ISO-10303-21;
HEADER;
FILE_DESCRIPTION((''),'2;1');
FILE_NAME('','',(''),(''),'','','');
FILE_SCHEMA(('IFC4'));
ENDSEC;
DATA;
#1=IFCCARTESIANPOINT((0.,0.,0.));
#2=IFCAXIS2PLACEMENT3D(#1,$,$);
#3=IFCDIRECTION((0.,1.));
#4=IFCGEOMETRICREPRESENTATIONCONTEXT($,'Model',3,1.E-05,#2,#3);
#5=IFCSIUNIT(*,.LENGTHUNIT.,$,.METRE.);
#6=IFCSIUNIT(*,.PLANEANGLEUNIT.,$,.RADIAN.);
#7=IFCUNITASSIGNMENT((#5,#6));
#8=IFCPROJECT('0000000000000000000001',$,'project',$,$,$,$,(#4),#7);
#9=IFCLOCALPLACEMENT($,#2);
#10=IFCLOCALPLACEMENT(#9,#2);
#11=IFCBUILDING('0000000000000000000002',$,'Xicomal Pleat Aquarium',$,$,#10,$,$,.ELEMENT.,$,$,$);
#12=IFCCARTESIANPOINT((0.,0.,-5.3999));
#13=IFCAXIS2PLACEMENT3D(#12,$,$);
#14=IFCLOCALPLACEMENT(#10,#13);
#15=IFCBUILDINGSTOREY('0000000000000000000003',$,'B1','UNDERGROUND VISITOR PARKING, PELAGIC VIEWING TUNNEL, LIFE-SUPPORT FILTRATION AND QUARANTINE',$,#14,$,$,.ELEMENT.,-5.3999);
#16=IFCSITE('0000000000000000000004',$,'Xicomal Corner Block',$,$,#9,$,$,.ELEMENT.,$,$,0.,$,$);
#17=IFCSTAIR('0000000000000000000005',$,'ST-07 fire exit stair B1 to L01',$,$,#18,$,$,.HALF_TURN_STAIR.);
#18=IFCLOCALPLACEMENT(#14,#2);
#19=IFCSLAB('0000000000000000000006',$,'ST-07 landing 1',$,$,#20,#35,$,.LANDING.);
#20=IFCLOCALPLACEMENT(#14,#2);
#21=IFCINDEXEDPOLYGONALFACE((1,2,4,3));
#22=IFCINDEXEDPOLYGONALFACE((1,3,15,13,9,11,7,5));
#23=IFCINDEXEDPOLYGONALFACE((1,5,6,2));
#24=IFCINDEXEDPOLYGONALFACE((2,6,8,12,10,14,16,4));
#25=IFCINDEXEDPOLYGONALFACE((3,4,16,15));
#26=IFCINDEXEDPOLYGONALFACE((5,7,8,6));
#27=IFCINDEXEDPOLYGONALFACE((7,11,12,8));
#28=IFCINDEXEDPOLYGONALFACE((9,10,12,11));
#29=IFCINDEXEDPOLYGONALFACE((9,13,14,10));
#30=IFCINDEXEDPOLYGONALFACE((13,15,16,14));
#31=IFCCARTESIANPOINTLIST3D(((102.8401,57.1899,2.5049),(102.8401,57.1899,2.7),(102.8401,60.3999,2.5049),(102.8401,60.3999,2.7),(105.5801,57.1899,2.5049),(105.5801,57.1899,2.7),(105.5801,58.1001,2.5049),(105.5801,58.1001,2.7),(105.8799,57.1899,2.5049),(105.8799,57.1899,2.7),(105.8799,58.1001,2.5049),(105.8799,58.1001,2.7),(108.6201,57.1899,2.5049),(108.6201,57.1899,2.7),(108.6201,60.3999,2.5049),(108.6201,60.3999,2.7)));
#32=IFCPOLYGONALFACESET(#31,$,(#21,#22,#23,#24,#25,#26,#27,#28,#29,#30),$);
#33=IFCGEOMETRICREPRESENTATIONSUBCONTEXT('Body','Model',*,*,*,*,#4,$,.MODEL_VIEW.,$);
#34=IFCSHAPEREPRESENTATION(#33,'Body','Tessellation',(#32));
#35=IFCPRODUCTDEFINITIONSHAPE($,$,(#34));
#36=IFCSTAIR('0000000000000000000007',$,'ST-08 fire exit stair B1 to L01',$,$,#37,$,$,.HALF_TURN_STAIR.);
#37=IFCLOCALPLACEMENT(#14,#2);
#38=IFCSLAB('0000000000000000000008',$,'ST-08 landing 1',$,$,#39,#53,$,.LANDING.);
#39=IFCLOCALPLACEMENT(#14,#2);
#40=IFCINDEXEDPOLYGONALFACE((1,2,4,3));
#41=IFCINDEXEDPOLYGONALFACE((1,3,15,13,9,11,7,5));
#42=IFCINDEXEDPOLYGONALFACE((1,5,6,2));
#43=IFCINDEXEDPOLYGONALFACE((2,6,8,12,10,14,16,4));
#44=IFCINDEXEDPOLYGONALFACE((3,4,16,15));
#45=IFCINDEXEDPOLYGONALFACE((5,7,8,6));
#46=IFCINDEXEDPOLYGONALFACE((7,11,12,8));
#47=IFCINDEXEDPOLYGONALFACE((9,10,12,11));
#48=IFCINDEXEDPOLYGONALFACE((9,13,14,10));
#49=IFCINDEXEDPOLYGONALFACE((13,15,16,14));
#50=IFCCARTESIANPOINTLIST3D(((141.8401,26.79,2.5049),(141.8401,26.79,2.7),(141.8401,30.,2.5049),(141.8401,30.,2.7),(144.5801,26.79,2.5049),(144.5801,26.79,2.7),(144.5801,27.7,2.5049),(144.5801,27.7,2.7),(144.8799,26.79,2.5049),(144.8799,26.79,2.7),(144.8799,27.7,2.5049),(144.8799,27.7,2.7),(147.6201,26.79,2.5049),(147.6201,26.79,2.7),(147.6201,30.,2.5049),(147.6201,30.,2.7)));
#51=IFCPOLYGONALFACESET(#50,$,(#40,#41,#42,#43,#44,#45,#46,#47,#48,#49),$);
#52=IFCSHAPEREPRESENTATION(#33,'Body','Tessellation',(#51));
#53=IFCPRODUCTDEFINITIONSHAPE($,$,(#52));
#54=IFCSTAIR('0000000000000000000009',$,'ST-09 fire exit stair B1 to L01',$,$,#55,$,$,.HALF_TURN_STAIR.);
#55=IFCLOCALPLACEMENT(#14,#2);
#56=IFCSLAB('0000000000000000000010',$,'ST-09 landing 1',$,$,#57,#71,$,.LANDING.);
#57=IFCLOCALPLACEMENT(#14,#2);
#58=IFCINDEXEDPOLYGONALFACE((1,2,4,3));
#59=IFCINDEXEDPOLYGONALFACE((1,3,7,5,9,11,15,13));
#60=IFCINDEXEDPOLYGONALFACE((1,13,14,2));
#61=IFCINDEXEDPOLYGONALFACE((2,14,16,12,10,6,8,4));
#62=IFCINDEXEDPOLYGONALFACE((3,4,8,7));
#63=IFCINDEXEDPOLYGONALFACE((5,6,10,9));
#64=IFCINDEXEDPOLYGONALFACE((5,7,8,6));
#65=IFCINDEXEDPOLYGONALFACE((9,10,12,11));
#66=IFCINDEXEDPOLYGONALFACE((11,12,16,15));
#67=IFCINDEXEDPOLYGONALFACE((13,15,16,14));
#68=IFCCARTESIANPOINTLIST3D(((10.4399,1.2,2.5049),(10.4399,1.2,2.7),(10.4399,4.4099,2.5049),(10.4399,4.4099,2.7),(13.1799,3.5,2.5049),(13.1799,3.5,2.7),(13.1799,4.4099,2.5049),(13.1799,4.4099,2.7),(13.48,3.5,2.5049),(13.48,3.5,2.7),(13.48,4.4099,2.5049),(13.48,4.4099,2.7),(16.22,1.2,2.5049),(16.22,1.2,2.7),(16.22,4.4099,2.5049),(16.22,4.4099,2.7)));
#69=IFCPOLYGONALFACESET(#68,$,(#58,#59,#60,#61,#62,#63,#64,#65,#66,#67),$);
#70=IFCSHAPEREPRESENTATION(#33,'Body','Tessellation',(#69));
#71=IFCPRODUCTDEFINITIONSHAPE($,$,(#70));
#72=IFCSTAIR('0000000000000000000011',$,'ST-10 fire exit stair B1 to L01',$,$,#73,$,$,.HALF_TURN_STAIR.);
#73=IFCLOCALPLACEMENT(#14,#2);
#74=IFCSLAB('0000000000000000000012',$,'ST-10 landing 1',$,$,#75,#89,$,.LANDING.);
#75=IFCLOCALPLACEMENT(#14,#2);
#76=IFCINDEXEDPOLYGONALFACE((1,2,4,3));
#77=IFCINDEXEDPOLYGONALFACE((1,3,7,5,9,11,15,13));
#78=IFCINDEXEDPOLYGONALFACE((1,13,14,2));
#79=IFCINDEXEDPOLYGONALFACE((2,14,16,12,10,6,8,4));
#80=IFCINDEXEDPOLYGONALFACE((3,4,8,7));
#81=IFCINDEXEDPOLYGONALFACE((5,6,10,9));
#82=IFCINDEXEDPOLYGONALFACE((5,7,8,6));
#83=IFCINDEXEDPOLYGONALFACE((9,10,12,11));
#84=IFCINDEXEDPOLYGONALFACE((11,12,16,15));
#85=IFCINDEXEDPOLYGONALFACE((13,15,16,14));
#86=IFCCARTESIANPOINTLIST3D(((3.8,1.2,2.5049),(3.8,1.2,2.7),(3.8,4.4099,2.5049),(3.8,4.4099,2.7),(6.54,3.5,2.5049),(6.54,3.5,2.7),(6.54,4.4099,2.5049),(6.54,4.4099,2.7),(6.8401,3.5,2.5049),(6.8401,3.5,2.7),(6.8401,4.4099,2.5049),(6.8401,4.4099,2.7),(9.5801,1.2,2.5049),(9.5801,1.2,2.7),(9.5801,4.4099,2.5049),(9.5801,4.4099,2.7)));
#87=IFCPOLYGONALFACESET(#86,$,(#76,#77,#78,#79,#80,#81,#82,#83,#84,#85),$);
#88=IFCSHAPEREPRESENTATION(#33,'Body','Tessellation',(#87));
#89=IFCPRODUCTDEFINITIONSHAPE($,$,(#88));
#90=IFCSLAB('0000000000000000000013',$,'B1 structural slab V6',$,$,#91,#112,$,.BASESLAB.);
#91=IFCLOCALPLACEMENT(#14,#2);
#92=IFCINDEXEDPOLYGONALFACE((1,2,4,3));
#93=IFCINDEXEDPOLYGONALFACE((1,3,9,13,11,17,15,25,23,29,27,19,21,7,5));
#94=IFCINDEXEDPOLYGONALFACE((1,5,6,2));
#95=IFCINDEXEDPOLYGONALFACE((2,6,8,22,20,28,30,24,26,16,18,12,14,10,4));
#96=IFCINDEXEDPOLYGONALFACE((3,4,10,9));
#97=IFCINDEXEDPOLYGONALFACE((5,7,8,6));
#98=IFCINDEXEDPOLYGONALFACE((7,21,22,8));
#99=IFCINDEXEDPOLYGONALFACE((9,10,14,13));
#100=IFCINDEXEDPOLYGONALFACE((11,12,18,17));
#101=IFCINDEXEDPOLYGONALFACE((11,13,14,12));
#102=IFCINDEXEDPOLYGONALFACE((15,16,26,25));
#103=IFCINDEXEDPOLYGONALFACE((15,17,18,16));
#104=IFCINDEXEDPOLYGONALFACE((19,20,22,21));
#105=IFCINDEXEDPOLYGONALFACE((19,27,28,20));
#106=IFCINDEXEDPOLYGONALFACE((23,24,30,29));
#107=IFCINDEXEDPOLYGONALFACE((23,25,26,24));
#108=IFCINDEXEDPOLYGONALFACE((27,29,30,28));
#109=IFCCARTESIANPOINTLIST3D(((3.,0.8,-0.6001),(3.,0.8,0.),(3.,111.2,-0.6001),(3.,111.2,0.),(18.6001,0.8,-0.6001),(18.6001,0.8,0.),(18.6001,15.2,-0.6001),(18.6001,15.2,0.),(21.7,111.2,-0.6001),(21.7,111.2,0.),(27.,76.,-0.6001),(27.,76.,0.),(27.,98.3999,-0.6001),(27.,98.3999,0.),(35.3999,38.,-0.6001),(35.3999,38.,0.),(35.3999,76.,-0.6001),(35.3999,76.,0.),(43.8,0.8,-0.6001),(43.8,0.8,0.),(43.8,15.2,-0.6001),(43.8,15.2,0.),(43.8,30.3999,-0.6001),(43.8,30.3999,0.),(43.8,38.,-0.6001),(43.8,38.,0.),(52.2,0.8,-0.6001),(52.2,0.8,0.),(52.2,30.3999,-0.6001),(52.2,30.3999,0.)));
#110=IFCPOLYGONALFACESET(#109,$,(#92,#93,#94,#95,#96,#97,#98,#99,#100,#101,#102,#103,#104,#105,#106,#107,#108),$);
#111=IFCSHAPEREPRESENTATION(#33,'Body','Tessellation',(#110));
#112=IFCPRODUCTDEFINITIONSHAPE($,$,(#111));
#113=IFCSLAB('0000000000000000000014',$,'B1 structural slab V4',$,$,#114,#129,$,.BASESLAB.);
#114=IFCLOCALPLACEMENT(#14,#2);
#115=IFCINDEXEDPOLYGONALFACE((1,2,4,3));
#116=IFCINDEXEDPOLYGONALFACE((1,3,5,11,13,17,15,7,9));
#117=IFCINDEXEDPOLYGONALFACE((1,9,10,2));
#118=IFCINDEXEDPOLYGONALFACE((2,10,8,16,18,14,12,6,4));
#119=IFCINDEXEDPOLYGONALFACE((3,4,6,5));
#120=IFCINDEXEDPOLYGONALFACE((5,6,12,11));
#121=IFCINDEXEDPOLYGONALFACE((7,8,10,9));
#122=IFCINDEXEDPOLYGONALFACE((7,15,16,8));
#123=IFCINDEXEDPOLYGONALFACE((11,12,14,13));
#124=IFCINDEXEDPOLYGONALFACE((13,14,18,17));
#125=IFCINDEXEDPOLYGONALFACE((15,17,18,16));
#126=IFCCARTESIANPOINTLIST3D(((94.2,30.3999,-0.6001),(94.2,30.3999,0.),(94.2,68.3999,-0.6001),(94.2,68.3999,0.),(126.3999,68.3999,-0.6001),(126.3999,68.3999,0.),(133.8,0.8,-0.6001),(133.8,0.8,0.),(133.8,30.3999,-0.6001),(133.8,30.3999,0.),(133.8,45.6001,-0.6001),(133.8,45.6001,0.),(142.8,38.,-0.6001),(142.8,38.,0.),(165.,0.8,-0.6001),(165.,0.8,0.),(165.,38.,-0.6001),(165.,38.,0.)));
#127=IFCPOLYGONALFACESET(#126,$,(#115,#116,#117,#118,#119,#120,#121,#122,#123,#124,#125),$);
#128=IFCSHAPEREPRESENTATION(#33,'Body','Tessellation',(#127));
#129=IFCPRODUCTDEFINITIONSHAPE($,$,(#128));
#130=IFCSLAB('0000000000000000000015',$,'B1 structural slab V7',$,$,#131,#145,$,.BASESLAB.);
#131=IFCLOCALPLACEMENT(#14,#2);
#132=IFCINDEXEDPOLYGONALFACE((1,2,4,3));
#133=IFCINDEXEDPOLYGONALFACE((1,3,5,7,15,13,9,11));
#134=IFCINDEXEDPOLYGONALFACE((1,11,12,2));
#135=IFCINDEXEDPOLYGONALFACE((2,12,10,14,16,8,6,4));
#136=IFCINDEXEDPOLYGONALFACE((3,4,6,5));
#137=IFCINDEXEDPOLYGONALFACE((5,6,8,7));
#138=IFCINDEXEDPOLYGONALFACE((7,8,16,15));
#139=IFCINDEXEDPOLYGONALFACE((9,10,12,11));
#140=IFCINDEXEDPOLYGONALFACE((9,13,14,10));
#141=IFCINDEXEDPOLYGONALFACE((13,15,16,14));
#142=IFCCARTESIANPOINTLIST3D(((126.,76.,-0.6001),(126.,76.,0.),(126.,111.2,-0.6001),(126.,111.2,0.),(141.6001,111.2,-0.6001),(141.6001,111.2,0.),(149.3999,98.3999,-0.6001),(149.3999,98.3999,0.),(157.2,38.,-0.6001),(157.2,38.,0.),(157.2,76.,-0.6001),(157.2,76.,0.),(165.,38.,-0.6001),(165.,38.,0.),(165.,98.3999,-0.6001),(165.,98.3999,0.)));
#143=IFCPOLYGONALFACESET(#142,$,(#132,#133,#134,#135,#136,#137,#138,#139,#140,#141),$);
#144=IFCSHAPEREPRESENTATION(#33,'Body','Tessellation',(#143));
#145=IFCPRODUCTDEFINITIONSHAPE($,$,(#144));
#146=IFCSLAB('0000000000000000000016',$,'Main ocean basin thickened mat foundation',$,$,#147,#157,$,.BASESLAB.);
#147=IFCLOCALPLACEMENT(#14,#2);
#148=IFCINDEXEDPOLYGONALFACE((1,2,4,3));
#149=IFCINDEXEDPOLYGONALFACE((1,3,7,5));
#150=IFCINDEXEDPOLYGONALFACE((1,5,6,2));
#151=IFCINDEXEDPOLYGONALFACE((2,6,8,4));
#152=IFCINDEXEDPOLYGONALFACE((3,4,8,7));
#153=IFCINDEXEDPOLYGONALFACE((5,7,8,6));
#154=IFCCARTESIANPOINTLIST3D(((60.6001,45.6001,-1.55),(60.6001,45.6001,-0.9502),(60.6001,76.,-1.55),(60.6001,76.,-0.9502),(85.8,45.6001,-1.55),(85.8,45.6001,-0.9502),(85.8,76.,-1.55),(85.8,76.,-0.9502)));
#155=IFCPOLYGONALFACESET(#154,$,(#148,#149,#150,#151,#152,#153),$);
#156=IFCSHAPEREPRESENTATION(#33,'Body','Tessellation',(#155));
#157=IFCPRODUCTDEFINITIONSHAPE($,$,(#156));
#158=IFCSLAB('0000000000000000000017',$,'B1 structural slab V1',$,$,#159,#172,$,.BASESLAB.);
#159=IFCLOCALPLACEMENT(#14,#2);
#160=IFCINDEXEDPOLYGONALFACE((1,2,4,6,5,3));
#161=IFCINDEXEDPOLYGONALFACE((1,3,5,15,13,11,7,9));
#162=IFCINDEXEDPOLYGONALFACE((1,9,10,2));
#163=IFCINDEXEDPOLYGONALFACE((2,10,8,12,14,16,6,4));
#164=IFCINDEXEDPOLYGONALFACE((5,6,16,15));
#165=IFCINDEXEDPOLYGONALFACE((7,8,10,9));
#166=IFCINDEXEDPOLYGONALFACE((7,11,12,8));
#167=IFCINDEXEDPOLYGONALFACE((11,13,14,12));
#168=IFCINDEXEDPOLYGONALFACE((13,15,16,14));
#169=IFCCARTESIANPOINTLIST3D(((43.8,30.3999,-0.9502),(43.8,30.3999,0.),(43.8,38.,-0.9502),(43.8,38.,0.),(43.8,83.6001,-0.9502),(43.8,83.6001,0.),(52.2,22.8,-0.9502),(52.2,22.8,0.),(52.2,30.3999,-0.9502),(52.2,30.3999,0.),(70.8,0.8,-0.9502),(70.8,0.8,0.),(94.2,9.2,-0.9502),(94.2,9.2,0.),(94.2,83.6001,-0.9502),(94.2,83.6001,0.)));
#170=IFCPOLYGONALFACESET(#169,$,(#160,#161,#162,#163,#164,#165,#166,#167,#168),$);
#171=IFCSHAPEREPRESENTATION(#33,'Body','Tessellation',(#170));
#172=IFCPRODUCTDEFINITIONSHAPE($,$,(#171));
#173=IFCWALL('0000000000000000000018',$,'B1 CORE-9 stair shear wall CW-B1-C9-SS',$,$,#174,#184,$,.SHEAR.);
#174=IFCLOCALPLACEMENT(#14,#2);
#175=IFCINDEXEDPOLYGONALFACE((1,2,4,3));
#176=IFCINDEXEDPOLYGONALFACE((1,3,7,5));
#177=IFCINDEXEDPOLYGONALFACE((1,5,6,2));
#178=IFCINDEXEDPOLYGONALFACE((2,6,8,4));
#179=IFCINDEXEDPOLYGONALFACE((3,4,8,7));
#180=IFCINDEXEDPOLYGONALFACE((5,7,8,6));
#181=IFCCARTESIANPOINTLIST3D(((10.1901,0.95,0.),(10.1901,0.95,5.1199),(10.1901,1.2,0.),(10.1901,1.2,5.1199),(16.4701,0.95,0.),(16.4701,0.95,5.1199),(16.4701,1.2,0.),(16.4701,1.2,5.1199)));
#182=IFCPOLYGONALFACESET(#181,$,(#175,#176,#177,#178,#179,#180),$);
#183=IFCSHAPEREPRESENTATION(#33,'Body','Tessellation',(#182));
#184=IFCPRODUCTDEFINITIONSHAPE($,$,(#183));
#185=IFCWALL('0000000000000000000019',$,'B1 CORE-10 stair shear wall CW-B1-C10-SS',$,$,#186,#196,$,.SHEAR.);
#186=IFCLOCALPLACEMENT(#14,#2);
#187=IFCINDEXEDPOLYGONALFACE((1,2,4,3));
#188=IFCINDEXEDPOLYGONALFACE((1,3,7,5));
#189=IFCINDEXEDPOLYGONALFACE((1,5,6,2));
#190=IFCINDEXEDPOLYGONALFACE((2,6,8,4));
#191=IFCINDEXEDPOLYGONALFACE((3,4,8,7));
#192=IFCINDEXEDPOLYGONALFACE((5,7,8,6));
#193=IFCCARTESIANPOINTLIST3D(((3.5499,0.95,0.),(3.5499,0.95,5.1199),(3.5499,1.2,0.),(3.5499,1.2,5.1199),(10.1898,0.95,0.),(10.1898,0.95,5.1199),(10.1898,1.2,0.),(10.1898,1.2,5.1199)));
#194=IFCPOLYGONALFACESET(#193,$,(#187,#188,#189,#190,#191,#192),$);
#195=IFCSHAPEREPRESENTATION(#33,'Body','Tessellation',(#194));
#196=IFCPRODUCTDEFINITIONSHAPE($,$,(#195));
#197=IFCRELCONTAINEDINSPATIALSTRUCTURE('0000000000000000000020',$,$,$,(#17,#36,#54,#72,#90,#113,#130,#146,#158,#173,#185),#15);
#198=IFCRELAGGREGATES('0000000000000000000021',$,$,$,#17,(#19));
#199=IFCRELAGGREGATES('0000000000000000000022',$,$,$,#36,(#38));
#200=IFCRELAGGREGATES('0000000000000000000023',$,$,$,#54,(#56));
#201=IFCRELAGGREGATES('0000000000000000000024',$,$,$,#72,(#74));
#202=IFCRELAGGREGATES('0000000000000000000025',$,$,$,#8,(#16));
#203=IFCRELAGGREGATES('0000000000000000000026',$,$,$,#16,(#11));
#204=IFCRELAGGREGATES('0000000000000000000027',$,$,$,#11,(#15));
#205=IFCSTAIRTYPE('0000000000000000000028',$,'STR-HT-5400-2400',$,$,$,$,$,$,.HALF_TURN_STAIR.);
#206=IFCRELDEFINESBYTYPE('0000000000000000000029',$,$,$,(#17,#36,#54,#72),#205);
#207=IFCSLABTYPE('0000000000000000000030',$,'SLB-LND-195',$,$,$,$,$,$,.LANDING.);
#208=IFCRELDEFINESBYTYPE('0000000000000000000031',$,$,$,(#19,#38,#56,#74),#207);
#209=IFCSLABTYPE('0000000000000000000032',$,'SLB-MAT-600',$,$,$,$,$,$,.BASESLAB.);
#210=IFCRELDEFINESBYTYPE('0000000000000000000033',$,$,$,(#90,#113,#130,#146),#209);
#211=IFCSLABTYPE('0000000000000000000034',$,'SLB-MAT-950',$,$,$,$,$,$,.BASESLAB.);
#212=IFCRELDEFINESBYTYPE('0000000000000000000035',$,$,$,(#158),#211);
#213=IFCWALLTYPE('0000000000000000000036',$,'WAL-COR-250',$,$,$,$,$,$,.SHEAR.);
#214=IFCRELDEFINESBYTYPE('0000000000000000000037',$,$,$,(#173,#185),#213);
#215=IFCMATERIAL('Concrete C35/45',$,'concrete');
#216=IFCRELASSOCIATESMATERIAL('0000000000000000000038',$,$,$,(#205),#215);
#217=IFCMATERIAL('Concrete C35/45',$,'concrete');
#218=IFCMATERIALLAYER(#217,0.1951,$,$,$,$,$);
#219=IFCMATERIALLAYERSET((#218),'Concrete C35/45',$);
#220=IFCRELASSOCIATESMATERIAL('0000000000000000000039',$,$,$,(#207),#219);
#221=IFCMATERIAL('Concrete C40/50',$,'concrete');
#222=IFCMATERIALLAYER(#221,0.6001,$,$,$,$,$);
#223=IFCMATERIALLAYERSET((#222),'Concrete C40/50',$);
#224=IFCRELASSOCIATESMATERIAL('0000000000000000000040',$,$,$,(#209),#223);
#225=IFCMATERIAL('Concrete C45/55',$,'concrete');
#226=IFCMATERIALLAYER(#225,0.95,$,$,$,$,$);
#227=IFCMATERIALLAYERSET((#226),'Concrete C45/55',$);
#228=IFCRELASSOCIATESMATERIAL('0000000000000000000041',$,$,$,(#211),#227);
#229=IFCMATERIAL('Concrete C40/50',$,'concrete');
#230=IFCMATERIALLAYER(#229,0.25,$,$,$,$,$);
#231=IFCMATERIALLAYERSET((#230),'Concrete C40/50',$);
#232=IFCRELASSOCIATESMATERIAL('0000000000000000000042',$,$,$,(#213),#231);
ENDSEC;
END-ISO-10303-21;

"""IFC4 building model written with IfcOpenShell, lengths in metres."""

from ifc_helpers import new_model, si_unit, direction, frame, frame_2d, origin, place, context, subcontext, project, spatial, polyline, rectangle, outline, extrude, material, layer, layer_set, type_object, element, aggregate, save


model = new_model("IFC4")

# Units and contexts
model_context = context("Model", 3, precision=1e-05, world=origin(), true_north=direction((0.0, 1.0)))
body_context = subcontext(model_context, "Body", "Model", "MODEL_VIEW")
ifc_project = project(units=[si_unit("LENGTHUNIT", "METRE"), si_unit("PLANEANGLEUNIT", "RADIAN")], contexts=[model_context])

# Site, building, storey
site_placement = place(None, origin())
site = spatial("IfcSite", under=ifc_project, at=site_placement, Name="Xicomal Corner Block", CompositionType="ELEMENT", RefElevation=0.0)
building_placement = place(site_placement, origin())
building = spatial("IfcBuilding", under=site, at=building_placement, Name="Xicomal Pleat Aquarium", CompositionType="ELEMENT")
storey_placement = place(building_placement, frame((0.0, 0.0, -5.3999)))
storey = spatial("IfcBuildingStorey", under=building, at=storey_placement, Name="B1", Description="UNDERGROUND VISITOR PARKING, PELAGIC VIEWING TUNNEL, LIFE-SUPPORT FILTRATION AND QUARANTINE", CompositionType="ELEMENT", Elevation=-5.3999)

# Stairs, slabs
ifc_material_1 = material(Name="Concrete C35/45", Category="concrete")
stair_type = type_object("IfcStairType", Name="STR-HT-5400-2400", PredefinedType="HALF_TURN_STAIR", material=ifc_material_1)
ifc_material_2 = material(Name="Concrete C35/45", Category="concrete")
ifc_layer_1 = layer(ifc_material_2, 0.1951)
ifc_layer_set_1 = layer_set([ifc_layer_1], Name="Concrete C35/45")
slab_type_1 = type_object("IfcSlabType", Name="SLB-LND-195", PredefinedType="LANDING", material=ifc_layer_set_1)
stair_1_placement = place(storey_placement, origin())
stair_1 = element("IfcStair", 1, at=stair_1_placement, inside=storey, type_object=stair_type, Name="ST-07 fire exit stair B1 to L01", PredefinedType="HALF_TURN_STAIR")
slab_1_placement = place(storey_placement, frame((0.0, 0.0, 2.5049)))
slab_1 = element("IfcSlab", 2, at=slab_1_placement, type_object=slab_type_1, Name="ST-07 landing 1", PredefinedType="LANDING", context=body_context, shape_type="SweptSolid", body=[
    extrude(outline(polyline([(102.8401, 60.3999), (108.6201, 60.3999), (108.6201, 57.1899), (105.8799, 57.1899), (105.8799, 58.1001), (105.5801, 58.1001), (105.5801, 57.1899), (102.8401, 57.1899), (102.8401, 60.3999)])), origin(), (0.0, 0.0, 1.0), 0.1951),
])
aggregate(stair_1, [slab_1])
stair_2_placement = place(storey_placement, origin())
stair_2 = element("IfcStair", 3, at=stair_2_placement, inside=storey, type_object=stair_type, Name="ST-08 fire exit stair B1 to L01", PredefinedType="HALF_TURN_STAIR")
slab_2_placement = place(storey_placement, frame((0.0, 0.0, 2.5049)))
slab_2 = element("IfcSlab", 4, at=slab_2_placement, type_object=slab_type_1, Name="ST-08 landing 1", PredefinedType="LANDING", context=body_context, shape_type="SweptSolid", body=[
    extrude(outline(polyline([(141.8401, 30.0), (147.6201, 30.0), (147.6201, 26.79), (144.8799, 26.79), (144.8799, 27.7), (144.5801, 27.7), (144.5801, 26.79), (141.8401, 26.79), (141.8401, 30.0)])), origin(), (0.0, 0.0, 1.0), 0.1951),
])
aggregate(stair_2, [slab_2])
stair_3_placement = place(storey_placement, origin())
stair_3 = element("IfcStair", 5, at=stair_3_placement, inside=storey, type_object=stair_type, Name="ST-09 fire exit stair B1 to L01", PredefinedType="HALF_TURN_STAIR")
slab_3_placement = place(storey_placement, frame((0.0, 0.0, 2.5049)))
slab_3 = element("IfcSlab", 6, at=slab_3_placement, type_object=slab_type_1, Name="ST-09 landing 1", PredefinedType="LANDING", context=body_context, shape_type="SweptSolid", body=[
    extrude(outline(polyline([(10.4399, 1.2), (16.22, 1.2), (16.22, 4.4099), (13.48, 4.4099), (13.48, 3.5), (13.1799, 3.5), (13.1799, 4.4099), (10.4399, 4.4099), (10.4399, 1.2)])), origin(), (0.0, 0.0, 1.0), 0.1951),
])
aggregate(stair_3, [slab_3])
stair_4_placement = place(storey_placement, origin())
stair_4 = element("IfcStair", 7, at=stair_4_placement, inside=storey, type_object=stair_type, Name="ST-10 fire exit stair B1 to L01", PredefinedType="HALF_TURN_STAIR")
slab_4_placement = place(storey_placement, frame((0.0, 0.0, 2.5049)))
slab_4 = element("IfcSlab", 8, at=slab_4_placement, type_object=slab_type_1, Name="ST-10 landing 1", PredefinedType="LANDING", context=body_context, shape_type="SweptSolid", body=[
    extrude(outline(polyline([(3.8, 1.2), (9.5801, 1.2), (9.5801, 4.4099), (6.8401, 4.4099), (6.8401, 3.5), (6.54, 3.5), (6.54, 4.4099), (3.8, 4.4099), (3.8, 1.2)])), origin(), (0.0, 0.0, 1.0), 0.1951),
])

# Slabs
ifc_material_3 = material(Name="Concrete C40/50", Category="concrete")
ifc_layer_2 = layer(ifc_material_3, 0.6001)
ifc_layer_set_2 = layer_set([ifc_layer_2], Name="Concrete C40/50")
slab_type_2 = type_object("IfcSlabType", Name="SLB-MAT-600", PredefinedType="BASESLAB", material=ifc_layer_set_2)
slab_5_placement = place(storey_placement, frame((0.0, 0.0, -0.6001)))
element("IfcSlab", 9, at=slab_5_placement, inside=storey, type_object=slab_type_2, Name="B1 structural slab V6", PredefinedType="BASESLAB", context=body_context, shape_type="SweptSolid", body=[
    extrude(outline(polyline([(3.0, 111.2), (21.7, 111.2), (27.0, 98.3999), (27.0, 76.0), (35.3999, 76.0), (35.3999, 38.0), (43.8, 38.0), (43.8, 30.3999), (52.2, 30.3999), (52.2, 0.8), (43.8, 0.8), (43.8, 15.2), (18.6001, 15.2), (18.6001, 0.8), (3.0, 0.8), (3.0, 111.2)])), origin(), (0.0, 0.0, 1.0), 0.6001),
])
slab_6_placement = place(storey_placement, frame((0.0, 0.0, -0.6001)))
element("IfcSlab", 10, at=slab_6_placement, inside=storey, type_object=slab_type_2, Name="B1 structural slab V4", PredefinedType="BASESLAB", context=body_context, shape_type="SweptSolid", body=[
    extrude(outline(polyline([(126.3999, 68.3999), (133.8, 45.6001), (142.8, 38.0), (165.0, 38.0), (165.0, 0.8), (133.8, 0.8), (133.8, 30.3999), (94.2, 30.3999), (94.2, 68.3999), (126.3999, 68.3999)])), origin(), (0.0, 0.0, 1.0), 0.6001),
])
slab_7_placement = place(storey_placement, frame((0.0, 0.0, -0.6001)))
element("IfcSlab", 11, at=slab_7_placement, inside=storey, type_object=slab_type_2, Name="B1 structural slab V7", PredefinedType="BASESLAB", context=body_context, shape_type="SweptSolid", body=[
    extrude(outline(polyline([(157.2, 76.0), (126.0, 76.0), (126.0, 111.2), (141.6001, 111.2), (149.3999, 98.3999), (165.0, 98.3999), (165.0, 38.0), (157.2, 38.0), (157.2, 76.0)])), origin(), (0.0, 0.0, 1.0), 0.6001),
])
slab_8_placement = place(storey_placement, frame((0.0, 0.0, -1.55)))
element("IfcSlab", 12, at=slab_8_placement, inside=storey, type_object=slab_type_2, Name="Main ocean basin thickened mat foundation", PredefinedType="BASESLAB", context=body_context, shape_type="SweptSolid", body=[
    extrude(outline(polyline([(60.6001, 45.6001), (85.8, 45.6001), (85.8, 76.0), (60.6001, 76.0), (60.6001, 45.6001)])), origin(), (0.0, 0.0, 1.0), 0.5999),
])
ifc_material_4 = material(Name="Concrete C45/55", Category="concrete")
ifc_layer_3 = layer(ifc_material_4, 0.95)
ifc_layer_set_3 = layer_set([ifc_layer_3], Name="Concrete C45/55")
slab_type_3 = type_object("IfcSlabType", Name="SLB-MAT-950", PredefinedType="BASESLAB", material=ifc_layer_set_3)
slab_9_placement = place(storey_placement, frame((0.0, 0.0, -0.9502)))
element("IfcSlab", 13, at=slab_9_placement, inside=storey, type_object=slab_type_3, Name="B1 structural slab V1", PredefinedType="BASESLAB", context=body_context, shape_type="SweptSolid", body=[
    extrude(outline(polyline([(43.8, 30.3999), (43.8, 38.0), (43.8, 83.6001), (94.2, 83.6001), (94.2, 9.2), (70.8, 0.8), (52.2, 22.8), (52.2, 30.3999), (43.8, 30.3999)])), origin(), (0.0, 0.0, 1.0), 0.9502),
])

# Walls
ifc_material_5 = material(Name="Concrete C40/50", Category="concrete")
ifc_layer_4 = layer(ifc_material_5, 0.25)
ifc_layer_set_4 = layer_set([ifc_layer_4], Name="Concrete C40/50")
wall_type = type_object("IfcWallType", Name="WAL-COR-250", PredefinedType="SHEAR", material=ifc_layer_set_4)
wall_1_placement = place(storey_placement, frame((10.1899, 1.075, 0.0), z_axis=(0.0, 0.0, 1.0), x_axis=(1.0, 0.0, 0.0)))
element("IfcWall", 14, at=wall_1_placement, inside=storey, type_object=wall_type, Name="B1 CORE-9 stair shear wall CW-B1-C9-SS", PredefinedType="SHEAR", context=body_context, shape_type="SweptSolid", body=[
    extrude(rectangle(XDim=6.28, YDim=0.25, at=frame_2d((3.1401, 0.0))), origin(), (0.0, 0.0, 1.0), 5.1199),
])
wall_2_placement = place(storey_placement, frame((3.55, 1.075, 0.0), z_axis=(0.0, 0.0, 1.0), x_axis=(1.0, 0.0, 0.0)))
element("IfcWall", 15, at=wall_2_placement, inside=storey, type_object=wall_type, Name="B1 CORE-10 stair shear wall CW-B1-C10-SS", PredefinedType="SHEAR", context=body_context, shape_type="SweptSolid", body=[
    extrude(rectangle(XDim=6.6399, YDim=0.25, at=frame_2d((3.3198, 0.0))), origin(), (0.0, 0.0, 1.0), 5.1199),
])

aggregate(stair_4, [slab_4])

save(model, "model.ifc")
